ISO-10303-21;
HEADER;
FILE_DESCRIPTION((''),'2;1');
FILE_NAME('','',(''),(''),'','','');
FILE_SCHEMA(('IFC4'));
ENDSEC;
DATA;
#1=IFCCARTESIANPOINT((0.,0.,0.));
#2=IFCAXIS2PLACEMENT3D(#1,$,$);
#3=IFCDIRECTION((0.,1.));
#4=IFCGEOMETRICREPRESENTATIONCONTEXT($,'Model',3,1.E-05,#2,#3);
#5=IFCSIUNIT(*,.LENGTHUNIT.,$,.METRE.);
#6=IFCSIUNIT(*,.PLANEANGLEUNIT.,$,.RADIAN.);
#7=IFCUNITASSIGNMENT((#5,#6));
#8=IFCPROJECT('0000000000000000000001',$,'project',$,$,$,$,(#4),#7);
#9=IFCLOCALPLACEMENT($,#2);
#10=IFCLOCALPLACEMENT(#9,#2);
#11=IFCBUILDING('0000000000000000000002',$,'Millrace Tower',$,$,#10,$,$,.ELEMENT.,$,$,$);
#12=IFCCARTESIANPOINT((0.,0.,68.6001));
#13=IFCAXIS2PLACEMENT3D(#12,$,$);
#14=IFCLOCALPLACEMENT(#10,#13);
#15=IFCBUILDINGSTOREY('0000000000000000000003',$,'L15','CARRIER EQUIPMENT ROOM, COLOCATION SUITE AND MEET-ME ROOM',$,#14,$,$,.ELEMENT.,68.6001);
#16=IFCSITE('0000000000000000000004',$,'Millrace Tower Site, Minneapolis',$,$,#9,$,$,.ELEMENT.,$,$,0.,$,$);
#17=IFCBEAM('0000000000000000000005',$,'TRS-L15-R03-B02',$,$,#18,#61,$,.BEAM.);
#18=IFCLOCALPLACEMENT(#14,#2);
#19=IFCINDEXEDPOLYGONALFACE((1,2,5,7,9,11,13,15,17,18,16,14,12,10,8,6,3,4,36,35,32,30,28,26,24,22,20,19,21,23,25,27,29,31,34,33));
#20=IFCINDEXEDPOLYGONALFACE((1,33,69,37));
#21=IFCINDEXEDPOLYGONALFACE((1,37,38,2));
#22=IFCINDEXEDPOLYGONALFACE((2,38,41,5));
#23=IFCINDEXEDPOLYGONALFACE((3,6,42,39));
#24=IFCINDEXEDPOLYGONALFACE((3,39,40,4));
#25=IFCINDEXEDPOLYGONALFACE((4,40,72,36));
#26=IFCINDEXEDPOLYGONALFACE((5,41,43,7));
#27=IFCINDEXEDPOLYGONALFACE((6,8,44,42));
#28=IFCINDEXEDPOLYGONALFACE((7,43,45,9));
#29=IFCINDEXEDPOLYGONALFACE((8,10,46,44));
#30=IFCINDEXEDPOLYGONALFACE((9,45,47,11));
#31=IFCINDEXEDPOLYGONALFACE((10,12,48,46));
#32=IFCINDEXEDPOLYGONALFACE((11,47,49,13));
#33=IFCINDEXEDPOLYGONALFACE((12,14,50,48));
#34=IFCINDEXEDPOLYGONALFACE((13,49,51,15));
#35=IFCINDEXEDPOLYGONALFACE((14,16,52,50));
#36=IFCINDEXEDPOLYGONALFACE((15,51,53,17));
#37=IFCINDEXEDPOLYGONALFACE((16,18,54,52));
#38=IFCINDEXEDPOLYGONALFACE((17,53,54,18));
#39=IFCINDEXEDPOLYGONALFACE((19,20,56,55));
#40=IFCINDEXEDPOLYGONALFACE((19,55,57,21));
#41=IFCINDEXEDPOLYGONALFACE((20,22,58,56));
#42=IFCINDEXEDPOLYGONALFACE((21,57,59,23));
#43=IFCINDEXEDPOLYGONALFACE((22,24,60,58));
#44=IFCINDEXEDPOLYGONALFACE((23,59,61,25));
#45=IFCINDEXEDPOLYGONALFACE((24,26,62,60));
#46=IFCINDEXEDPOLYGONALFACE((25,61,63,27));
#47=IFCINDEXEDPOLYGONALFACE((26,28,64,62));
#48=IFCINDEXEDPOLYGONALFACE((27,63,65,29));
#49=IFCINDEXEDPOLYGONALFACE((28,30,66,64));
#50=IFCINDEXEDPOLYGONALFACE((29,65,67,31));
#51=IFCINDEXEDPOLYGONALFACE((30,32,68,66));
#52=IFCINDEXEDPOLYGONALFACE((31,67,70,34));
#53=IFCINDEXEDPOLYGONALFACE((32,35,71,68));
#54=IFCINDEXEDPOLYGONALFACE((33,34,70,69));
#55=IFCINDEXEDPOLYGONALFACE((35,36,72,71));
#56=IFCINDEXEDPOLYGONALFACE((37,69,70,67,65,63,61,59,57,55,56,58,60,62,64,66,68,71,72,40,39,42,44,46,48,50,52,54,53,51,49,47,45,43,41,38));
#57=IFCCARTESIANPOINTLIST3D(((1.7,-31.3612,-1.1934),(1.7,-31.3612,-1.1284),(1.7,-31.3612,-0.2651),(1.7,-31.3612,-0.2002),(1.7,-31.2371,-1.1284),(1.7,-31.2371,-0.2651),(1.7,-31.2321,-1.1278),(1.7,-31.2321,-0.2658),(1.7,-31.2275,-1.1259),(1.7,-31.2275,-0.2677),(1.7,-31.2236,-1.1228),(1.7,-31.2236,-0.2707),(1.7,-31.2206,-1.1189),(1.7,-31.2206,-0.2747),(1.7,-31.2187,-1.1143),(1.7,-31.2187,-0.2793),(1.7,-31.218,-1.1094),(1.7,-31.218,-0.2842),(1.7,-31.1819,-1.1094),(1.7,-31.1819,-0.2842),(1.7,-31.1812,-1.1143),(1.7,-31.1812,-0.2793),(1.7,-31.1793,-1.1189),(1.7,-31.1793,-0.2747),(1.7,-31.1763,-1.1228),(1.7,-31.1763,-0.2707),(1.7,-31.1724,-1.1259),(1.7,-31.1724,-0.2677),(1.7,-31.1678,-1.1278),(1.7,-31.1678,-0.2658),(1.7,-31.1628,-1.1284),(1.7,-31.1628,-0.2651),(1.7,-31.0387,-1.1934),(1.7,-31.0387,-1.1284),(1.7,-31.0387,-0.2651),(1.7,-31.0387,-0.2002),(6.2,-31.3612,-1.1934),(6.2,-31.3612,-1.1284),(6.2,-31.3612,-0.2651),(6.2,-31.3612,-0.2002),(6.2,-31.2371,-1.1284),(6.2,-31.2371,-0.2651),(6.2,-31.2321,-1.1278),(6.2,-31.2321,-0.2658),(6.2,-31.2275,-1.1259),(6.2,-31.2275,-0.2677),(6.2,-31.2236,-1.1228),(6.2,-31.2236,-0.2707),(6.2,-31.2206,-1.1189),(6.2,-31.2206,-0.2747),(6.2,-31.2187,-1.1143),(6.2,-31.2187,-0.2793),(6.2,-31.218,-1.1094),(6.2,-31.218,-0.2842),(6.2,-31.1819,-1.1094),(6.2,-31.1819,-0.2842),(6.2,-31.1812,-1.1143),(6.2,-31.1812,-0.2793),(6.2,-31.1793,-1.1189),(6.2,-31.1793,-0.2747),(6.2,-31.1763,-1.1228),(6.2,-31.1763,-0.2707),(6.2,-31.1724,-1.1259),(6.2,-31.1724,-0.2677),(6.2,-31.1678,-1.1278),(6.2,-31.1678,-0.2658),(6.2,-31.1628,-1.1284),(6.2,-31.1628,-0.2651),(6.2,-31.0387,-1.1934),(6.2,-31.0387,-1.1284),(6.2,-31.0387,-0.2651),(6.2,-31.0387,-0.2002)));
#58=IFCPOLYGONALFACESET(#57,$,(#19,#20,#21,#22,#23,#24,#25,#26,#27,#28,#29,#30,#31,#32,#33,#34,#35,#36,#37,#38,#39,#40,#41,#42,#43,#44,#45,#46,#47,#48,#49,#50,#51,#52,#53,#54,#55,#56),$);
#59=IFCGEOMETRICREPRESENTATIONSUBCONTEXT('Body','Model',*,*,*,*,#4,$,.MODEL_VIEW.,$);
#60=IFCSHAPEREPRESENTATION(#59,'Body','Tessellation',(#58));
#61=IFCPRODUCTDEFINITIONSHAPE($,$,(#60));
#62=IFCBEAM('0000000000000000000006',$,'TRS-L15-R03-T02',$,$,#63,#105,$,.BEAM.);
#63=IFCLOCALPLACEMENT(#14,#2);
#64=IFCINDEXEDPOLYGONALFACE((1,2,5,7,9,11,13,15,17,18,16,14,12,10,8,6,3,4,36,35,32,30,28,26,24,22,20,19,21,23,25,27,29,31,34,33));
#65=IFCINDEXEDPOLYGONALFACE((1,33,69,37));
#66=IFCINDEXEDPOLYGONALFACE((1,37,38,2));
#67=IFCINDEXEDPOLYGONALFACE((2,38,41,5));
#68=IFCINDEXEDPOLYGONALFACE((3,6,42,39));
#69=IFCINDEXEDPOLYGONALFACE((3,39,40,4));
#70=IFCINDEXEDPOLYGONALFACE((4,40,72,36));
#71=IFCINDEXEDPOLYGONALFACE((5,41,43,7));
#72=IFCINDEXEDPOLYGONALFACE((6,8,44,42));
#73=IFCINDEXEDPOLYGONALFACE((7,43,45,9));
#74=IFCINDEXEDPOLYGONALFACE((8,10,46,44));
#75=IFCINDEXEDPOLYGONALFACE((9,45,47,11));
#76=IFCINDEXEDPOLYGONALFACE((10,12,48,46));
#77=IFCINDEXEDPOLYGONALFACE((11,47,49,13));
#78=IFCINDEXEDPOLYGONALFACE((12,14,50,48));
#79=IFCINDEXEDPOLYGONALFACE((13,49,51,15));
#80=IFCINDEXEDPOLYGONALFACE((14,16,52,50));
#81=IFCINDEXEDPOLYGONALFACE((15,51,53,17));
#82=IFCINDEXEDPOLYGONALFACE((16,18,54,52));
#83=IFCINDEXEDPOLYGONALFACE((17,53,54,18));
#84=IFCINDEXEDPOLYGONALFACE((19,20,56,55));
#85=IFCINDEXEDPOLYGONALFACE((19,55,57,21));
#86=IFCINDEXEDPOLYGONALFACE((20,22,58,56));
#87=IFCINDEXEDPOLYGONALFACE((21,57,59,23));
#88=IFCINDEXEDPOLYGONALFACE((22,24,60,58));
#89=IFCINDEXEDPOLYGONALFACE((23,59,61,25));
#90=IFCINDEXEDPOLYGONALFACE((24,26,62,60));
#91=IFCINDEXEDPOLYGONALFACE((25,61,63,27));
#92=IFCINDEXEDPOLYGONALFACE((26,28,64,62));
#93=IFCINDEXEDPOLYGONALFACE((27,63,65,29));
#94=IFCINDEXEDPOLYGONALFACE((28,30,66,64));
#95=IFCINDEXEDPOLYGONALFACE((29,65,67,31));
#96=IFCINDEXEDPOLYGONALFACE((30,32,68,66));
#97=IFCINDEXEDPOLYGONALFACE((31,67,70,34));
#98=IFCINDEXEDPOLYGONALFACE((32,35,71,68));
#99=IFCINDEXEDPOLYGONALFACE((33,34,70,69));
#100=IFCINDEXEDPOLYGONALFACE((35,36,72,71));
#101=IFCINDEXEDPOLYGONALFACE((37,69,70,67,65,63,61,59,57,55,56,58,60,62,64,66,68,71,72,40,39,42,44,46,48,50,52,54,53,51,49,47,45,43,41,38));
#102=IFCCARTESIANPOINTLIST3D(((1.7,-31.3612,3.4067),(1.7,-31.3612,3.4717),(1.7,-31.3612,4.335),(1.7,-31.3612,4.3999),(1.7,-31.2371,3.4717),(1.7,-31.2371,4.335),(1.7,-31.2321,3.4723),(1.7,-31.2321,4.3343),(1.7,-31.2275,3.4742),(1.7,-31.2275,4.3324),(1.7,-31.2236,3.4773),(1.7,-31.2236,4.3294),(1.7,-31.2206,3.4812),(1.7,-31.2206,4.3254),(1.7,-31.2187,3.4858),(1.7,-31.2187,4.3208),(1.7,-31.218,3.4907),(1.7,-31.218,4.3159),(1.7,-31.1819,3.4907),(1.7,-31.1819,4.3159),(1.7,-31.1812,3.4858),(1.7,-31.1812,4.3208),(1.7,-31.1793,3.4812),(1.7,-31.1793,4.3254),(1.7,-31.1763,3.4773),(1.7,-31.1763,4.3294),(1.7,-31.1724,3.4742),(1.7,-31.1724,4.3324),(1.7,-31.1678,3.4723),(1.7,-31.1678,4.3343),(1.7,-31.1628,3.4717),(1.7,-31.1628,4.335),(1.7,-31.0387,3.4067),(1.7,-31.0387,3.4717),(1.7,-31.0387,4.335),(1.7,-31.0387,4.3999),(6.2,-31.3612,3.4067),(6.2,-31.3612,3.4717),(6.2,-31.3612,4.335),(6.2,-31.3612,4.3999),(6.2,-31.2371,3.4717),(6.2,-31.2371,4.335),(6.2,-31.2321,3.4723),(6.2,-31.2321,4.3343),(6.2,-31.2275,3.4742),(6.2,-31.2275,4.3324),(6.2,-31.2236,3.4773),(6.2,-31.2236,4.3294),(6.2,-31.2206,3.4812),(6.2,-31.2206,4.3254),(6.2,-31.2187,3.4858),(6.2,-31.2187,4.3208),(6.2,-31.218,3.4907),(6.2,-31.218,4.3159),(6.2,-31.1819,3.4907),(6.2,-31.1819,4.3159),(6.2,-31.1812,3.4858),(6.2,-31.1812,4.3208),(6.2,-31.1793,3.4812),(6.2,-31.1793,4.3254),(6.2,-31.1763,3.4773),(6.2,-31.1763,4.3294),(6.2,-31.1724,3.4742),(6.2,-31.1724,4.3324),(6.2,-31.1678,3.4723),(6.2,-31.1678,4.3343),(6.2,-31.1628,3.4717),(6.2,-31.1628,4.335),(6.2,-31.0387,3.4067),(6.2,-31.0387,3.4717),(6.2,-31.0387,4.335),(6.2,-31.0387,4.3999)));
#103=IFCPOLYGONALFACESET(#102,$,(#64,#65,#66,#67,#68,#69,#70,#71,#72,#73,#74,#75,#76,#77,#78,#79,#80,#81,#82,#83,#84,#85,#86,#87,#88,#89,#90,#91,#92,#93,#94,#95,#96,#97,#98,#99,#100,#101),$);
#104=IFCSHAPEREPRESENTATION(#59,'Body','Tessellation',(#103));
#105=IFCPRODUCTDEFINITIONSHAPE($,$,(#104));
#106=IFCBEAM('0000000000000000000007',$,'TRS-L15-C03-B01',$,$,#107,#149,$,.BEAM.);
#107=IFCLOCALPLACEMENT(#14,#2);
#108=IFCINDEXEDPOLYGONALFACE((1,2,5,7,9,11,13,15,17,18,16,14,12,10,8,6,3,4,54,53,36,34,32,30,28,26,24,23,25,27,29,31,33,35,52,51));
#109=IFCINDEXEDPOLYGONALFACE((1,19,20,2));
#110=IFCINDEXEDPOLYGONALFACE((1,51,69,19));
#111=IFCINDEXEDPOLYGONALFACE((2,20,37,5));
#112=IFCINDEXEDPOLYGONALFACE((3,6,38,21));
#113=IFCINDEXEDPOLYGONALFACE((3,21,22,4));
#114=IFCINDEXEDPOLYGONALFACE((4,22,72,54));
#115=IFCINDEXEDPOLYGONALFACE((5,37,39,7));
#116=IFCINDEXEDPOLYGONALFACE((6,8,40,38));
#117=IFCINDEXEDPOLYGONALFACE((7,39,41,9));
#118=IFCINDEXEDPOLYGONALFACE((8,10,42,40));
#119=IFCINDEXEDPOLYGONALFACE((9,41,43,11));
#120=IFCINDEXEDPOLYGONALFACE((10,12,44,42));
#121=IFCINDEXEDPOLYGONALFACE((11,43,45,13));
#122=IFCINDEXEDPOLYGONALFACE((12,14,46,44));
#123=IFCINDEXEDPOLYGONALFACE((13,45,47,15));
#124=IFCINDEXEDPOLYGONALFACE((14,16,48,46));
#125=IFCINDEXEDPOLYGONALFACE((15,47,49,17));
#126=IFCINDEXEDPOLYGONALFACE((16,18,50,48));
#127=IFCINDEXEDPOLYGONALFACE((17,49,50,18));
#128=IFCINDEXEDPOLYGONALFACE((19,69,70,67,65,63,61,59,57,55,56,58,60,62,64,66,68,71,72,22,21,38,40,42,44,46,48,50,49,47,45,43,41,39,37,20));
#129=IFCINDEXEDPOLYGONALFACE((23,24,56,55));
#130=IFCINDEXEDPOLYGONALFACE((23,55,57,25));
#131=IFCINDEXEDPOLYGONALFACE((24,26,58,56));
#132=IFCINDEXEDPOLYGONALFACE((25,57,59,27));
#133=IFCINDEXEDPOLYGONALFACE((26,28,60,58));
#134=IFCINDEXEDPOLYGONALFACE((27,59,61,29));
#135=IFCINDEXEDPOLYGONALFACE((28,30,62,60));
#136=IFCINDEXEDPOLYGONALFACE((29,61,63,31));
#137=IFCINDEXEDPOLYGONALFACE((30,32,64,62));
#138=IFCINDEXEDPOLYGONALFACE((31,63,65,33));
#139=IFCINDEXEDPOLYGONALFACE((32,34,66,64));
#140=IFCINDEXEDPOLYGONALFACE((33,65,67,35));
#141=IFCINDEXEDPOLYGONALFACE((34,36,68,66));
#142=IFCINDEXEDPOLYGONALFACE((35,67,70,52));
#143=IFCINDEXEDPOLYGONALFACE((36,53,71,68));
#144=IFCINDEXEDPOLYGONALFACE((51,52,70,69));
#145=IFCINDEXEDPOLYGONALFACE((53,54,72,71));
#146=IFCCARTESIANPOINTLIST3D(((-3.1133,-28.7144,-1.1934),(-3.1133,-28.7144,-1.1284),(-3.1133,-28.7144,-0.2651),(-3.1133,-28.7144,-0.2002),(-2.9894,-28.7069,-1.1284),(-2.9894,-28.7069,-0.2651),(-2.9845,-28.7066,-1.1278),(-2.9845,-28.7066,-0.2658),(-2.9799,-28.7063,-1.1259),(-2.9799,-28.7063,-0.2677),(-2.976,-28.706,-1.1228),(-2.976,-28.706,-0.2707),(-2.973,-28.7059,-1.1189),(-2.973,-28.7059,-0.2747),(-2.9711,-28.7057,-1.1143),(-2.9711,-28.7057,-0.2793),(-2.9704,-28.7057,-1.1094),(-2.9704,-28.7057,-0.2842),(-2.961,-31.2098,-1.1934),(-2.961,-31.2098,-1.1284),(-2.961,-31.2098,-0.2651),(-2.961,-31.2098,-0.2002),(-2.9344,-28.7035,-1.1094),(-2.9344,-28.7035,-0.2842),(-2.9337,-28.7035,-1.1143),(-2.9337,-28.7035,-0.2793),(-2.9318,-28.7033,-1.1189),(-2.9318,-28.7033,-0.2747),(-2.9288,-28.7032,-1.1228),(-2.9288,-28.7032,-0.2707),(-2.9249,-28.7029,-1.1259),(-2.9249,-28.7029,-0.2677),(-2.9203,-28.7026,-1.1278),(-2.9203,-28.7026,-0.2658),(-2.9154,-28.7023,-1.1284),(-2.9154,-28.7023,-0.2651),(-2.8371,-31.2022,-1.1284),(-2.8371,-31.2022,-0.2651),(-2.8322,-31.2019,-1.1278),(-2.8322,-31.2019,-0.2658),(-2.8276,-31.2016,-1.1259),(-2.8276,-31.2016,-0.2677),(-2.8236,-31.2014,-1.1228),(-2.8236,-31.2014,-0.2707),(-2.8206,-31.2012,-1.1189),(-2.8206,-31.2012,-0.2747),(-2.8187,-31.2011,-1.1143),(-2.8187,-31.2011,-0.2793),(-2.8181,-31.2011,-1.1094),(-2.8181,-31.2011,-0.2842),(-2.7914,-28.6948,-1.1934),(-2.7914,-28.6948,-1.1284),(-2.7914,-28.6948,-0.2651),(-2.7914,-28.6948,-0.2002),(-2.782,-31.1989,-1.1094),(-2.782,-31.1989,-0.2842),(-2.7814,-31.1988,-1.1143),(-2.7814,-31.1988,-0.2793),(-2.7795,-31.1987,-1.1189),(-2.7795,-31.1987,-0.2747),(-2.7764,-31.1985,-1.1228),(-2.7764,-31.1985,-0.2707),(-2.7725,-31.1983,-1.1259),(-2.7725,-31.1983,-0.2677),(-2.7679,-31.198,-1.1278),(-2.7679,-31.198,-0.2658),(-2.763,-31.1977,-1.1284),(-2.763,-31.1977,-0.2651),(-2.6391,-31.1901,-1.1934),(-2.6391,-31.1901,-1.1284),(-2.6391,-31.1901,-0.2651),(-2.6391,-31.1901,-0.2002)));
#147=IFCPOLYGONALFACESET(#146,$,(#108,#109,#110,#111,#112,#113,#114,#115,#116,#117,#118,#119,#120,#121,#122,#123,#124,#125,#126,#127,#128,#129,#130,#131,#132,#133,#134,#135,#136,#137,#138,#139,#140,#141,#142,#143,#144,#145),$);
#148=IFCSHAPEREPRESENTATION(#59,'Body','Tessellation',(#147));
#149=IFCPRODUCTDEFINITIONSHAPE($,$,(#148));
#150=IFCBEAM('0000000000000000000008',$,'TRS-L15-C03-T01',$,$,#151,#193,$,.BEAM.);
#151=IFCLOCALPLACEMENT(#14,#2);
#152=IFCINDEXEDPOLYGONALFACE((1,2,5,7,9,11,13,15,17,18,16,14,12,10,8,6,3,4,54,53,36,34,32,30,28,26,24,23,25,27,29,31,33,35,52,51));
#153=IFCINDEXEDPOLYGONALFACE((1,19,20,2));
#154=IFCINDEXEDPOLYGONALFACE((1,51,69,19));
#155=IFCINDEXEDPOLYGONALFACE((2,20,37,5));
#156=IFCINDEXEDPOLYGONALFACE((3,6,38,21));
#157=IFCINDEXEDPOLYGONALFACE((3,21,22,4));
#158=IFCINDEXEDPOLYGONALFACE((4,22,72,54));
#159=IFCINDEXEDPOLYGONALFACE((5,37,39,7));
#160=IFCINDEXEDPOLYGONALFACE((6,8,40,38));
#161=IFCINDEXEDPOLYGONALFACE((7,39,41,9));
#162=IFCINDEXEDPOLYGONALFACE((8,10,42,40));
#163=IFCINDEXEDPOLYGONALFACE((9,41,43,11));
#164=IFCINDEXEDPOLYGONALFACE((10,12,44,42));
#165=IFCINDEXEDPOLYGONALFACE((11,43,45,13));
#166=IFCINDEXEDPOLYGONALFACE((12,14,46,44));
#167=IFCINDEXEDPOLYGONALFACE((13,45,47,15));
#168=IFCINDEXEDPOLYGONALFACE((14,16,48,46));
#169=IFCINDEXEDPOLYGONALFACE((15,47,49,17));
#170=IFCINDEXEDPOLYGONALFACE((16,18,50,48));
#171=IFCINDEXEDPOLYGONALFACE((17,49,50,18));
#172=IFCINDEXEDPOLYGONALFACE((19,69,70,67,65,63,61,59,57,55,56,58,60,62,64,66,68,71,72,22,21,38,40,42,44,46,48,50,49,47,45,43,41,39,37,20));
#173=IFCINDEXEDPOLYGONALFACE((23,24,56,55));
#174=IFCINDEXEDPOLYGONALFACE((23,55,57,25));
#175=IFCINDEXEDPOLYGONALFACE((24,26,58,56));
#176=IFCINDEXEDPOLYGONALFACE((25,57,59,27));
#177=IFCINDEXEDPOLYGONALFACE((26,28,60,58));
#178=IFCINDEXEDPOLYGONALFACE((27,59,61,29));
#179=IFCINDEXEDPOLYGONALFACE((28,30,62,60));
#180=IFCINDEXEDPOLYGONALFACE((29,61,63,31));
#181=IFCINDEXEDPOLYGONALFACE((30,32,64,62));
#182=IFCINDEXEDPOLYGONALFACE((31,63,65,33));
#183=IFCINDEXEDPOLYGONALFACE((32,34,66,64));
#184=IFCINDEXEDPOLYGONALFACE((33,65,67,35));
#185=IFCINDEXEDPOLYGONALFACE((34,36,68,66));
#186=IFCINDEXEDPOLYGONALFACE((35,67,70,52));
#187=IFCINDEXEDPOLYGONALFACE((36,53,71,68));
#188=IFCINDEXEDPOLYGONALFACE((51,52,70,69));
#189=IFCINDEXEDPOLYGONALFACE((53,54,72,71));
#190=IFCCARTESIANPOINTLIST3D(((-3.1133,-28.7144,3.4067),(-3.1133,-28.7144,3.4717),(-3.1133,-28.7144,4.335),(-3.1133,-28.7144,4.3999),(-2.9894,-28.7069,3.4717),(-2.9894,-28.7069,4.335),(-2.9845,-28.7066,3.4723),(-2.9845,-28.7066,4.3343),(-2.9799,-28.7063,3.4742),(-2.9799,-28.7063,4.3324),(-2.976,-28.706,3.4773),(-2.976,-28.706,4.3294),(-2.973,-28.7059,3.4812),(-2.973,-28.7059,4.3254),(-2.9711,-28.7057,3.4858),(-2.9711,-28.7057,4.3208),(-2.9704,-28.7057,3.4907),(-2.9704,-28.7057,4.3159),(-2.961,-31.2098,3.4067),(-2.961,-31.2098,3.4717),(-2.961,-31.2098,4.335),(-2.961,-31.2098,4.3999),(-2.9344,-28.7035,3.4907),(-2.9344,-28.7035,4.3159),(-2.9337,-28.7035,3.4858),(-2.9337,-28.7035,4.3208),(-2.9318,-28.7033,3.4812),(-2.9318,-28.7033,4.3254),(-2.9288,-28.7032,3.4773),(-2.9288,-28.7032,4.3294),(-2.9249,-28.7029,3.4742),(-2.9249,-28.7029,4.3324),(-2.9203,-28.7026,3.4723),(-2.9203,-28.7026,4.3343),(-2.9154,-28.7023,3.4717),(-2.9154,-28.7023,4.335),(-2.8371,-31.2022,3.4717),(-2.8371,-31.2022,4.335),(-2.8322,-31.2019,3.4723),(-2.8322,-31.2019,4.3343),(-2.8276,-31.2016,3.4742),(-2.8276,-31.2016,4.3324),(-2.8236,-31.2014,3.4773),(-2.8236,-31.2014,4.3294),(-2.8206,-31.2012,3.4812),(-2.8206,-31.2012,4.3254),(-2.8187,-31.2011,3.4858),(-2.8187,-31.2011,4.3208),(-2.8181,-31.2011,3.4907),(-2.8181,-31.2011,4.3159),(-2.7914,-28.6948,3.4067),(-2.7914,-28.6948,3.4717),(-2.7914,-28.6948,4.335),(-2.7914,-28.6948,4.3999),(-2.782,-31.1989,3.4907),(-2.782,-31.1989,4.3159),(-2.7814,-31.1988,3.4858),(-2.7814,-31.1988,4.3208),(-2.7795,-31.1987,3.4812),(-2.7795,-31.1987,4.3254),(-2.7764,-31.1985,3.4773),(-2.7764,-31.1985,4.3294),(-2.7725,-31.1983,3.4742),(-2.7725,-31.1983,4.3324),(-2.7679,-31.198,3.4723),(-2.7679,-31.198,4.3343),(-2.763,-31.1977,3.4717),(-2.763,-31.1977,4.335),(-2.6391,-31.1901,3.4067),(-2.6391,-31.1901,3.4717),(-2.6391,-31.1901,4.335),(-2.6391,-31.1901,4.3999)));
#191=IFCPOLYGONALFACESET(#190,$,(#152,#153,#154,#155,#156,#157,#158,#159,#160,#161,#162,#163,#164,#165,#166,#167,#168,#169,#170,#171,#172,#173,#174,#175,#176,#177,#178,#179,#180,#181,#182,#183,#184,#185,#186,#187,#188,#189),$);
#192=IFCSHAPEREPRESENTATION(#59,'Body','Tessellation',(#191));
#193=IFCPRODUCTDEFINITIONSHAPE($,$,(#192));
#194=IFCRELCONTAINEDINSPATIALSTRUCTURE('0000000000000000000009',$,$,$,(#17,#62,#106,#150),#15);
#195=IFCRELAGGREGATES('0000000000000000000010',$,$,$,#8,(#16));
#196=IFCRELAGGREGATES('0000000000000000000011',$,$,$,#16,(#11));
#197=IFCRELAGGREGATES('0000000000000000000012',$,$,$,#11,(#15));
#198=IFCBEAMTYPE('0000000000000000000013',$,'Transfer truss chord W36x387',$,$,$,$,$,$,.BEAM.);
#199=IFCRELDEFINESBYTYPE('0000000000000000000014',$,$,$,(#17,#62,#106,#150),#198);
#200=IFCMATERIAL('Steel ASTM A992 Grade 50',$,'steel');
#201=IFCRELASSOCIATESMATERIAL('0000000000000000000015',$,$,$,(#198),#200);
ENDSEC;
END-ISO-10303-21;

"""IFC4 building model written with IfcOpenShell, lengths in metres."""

from ifc_helpers import new_model, si_unit, direction, frame, origin, origin_2d, place, context, subcontext, project, spatial, i_section, extrude, material, material_profile, profile_set, type_object, element, save


model = new_model("IFC4")

# Units and contexts
model_context = context("Model", 3, precision=1e-05, world=origin(), true_north=direction((0.0, 1.0)))
body_context = subcontext(model_context, "Body", "Model", "MODEL_VIEW")
ifc_project = project(units=[si_unit("LENGTHUNIT", "METRE"), si_unit("PLANEANGLEUNIT", "RADIAN")], contexts=[model_context])

# Site, building, storey
site_placement = place(None, origin())
site = spatial("IfcSite", under=ifc_project, at=site_placement, Name="Millrace Tower Site, Minneapolis", CompositionType="ELEMENT", RefElevation=0.0)
building_placement = place(site_placement, origin())
building = spatial("IfcBuilding", under=site, at=building_placement, Name="Millrace Tower", CompositionType="ELEMENT")
storey_placement = place(building_placement, frame((0.0, 0.0, 68.6001)))
storey = spatial("IfcBuildingStorey", under=building, at=storey_placement, Name="L15", Description="CARRIER EQUIPMENT ROOM, COLOCATION SUITE AND MEET-ME ROOM", CompositionType="ELEMENT", Elevation=68.6001)

# Beams
ifc_material_1 = material(Name="Steel ASTM A992 Grade 50", Category="steel")
ifc_material_profile_1 = material_profile(ifc_material_1, i_section(OverallWidth=0.3225, OverallDepth=0.9932, WebThickness=0.0361, FlangeThickness=0.0649, FilletRadius=0.019, at=origin_2d()))
ifc_profile_set_1 = profile_set([ifc_material_profile_1], Name="Steel ASTM A992 Grade 50")
beam_type_1 = type_object("IfcBeamType", Name="Transfer truss chord W36x387", PredefinedType="BEAM", material=ifc_profile_set_1)
for number, where, z_axis, x_axis, name in (
    (1, (1.7, -31.2, -0.6968), (1.0, 0.0, 0.0), (0.0, 1.0, 0.0), "TRS-L15-R03-B02"),
    (2, (1.7, -31.2, 3.9033), (1.0, 0.0, 0.0), (0.0, 1.0, 0.0), "TRS-L15-R03-T02"),
):
    element("IfcBeam", number, at=place(storey_placement, frame(where, z_axis=z_axis, x_axis=x_axis)), inside=storey, type_object=beam_type_1, Name=name, PredefinedType="BEAM", context=body_context, shape_type="SweptSolid", body=[
        extrude(i_section(OverallWidth=0.3225, OverallDepth=0.9932, WebThickness=0.0361, FlangeThickness=0.0649, FilletRadius=0.019, at=origin_2d()), origin(), (0.0, 0.0, 1.0), 4.5),
    ])
for number, where, z_axis, x_axis, name in (
    (3, (-2.8, -31.2, -0.6968), (-0.060937, 0.998142, 0.0), (-0.998142, -0.060937, 0.0), "TRS-L15-C03-B01"),
    (4, (-2.8, -31.2, 3.9033), (-0.060937, 0.998142, 0.0), (-0.998142, -0.060937, 0.0), "TRS-L15-C03-T01"),
):
    element("IfcBeam", number, at=place(storey_placement, frame(where, z_axis=z_axis, x_axis=x_axis)), inside=storey, type_object=beam_type_1, Name=name, PredefinedType="BEAM", context=body_context, shape_type="SweptSolid", body=[
        extrude(i_section(OverallWidth=0.3225, OverallDepth=0.9932, WebThickness=0.0361, FlangeThickness=0.0649, FilletRadius=0.019, at=origin_2d()), origin(), (0.0, 0.0, 1.0), 2.5),
    ])

save(model, "model.ifc")
